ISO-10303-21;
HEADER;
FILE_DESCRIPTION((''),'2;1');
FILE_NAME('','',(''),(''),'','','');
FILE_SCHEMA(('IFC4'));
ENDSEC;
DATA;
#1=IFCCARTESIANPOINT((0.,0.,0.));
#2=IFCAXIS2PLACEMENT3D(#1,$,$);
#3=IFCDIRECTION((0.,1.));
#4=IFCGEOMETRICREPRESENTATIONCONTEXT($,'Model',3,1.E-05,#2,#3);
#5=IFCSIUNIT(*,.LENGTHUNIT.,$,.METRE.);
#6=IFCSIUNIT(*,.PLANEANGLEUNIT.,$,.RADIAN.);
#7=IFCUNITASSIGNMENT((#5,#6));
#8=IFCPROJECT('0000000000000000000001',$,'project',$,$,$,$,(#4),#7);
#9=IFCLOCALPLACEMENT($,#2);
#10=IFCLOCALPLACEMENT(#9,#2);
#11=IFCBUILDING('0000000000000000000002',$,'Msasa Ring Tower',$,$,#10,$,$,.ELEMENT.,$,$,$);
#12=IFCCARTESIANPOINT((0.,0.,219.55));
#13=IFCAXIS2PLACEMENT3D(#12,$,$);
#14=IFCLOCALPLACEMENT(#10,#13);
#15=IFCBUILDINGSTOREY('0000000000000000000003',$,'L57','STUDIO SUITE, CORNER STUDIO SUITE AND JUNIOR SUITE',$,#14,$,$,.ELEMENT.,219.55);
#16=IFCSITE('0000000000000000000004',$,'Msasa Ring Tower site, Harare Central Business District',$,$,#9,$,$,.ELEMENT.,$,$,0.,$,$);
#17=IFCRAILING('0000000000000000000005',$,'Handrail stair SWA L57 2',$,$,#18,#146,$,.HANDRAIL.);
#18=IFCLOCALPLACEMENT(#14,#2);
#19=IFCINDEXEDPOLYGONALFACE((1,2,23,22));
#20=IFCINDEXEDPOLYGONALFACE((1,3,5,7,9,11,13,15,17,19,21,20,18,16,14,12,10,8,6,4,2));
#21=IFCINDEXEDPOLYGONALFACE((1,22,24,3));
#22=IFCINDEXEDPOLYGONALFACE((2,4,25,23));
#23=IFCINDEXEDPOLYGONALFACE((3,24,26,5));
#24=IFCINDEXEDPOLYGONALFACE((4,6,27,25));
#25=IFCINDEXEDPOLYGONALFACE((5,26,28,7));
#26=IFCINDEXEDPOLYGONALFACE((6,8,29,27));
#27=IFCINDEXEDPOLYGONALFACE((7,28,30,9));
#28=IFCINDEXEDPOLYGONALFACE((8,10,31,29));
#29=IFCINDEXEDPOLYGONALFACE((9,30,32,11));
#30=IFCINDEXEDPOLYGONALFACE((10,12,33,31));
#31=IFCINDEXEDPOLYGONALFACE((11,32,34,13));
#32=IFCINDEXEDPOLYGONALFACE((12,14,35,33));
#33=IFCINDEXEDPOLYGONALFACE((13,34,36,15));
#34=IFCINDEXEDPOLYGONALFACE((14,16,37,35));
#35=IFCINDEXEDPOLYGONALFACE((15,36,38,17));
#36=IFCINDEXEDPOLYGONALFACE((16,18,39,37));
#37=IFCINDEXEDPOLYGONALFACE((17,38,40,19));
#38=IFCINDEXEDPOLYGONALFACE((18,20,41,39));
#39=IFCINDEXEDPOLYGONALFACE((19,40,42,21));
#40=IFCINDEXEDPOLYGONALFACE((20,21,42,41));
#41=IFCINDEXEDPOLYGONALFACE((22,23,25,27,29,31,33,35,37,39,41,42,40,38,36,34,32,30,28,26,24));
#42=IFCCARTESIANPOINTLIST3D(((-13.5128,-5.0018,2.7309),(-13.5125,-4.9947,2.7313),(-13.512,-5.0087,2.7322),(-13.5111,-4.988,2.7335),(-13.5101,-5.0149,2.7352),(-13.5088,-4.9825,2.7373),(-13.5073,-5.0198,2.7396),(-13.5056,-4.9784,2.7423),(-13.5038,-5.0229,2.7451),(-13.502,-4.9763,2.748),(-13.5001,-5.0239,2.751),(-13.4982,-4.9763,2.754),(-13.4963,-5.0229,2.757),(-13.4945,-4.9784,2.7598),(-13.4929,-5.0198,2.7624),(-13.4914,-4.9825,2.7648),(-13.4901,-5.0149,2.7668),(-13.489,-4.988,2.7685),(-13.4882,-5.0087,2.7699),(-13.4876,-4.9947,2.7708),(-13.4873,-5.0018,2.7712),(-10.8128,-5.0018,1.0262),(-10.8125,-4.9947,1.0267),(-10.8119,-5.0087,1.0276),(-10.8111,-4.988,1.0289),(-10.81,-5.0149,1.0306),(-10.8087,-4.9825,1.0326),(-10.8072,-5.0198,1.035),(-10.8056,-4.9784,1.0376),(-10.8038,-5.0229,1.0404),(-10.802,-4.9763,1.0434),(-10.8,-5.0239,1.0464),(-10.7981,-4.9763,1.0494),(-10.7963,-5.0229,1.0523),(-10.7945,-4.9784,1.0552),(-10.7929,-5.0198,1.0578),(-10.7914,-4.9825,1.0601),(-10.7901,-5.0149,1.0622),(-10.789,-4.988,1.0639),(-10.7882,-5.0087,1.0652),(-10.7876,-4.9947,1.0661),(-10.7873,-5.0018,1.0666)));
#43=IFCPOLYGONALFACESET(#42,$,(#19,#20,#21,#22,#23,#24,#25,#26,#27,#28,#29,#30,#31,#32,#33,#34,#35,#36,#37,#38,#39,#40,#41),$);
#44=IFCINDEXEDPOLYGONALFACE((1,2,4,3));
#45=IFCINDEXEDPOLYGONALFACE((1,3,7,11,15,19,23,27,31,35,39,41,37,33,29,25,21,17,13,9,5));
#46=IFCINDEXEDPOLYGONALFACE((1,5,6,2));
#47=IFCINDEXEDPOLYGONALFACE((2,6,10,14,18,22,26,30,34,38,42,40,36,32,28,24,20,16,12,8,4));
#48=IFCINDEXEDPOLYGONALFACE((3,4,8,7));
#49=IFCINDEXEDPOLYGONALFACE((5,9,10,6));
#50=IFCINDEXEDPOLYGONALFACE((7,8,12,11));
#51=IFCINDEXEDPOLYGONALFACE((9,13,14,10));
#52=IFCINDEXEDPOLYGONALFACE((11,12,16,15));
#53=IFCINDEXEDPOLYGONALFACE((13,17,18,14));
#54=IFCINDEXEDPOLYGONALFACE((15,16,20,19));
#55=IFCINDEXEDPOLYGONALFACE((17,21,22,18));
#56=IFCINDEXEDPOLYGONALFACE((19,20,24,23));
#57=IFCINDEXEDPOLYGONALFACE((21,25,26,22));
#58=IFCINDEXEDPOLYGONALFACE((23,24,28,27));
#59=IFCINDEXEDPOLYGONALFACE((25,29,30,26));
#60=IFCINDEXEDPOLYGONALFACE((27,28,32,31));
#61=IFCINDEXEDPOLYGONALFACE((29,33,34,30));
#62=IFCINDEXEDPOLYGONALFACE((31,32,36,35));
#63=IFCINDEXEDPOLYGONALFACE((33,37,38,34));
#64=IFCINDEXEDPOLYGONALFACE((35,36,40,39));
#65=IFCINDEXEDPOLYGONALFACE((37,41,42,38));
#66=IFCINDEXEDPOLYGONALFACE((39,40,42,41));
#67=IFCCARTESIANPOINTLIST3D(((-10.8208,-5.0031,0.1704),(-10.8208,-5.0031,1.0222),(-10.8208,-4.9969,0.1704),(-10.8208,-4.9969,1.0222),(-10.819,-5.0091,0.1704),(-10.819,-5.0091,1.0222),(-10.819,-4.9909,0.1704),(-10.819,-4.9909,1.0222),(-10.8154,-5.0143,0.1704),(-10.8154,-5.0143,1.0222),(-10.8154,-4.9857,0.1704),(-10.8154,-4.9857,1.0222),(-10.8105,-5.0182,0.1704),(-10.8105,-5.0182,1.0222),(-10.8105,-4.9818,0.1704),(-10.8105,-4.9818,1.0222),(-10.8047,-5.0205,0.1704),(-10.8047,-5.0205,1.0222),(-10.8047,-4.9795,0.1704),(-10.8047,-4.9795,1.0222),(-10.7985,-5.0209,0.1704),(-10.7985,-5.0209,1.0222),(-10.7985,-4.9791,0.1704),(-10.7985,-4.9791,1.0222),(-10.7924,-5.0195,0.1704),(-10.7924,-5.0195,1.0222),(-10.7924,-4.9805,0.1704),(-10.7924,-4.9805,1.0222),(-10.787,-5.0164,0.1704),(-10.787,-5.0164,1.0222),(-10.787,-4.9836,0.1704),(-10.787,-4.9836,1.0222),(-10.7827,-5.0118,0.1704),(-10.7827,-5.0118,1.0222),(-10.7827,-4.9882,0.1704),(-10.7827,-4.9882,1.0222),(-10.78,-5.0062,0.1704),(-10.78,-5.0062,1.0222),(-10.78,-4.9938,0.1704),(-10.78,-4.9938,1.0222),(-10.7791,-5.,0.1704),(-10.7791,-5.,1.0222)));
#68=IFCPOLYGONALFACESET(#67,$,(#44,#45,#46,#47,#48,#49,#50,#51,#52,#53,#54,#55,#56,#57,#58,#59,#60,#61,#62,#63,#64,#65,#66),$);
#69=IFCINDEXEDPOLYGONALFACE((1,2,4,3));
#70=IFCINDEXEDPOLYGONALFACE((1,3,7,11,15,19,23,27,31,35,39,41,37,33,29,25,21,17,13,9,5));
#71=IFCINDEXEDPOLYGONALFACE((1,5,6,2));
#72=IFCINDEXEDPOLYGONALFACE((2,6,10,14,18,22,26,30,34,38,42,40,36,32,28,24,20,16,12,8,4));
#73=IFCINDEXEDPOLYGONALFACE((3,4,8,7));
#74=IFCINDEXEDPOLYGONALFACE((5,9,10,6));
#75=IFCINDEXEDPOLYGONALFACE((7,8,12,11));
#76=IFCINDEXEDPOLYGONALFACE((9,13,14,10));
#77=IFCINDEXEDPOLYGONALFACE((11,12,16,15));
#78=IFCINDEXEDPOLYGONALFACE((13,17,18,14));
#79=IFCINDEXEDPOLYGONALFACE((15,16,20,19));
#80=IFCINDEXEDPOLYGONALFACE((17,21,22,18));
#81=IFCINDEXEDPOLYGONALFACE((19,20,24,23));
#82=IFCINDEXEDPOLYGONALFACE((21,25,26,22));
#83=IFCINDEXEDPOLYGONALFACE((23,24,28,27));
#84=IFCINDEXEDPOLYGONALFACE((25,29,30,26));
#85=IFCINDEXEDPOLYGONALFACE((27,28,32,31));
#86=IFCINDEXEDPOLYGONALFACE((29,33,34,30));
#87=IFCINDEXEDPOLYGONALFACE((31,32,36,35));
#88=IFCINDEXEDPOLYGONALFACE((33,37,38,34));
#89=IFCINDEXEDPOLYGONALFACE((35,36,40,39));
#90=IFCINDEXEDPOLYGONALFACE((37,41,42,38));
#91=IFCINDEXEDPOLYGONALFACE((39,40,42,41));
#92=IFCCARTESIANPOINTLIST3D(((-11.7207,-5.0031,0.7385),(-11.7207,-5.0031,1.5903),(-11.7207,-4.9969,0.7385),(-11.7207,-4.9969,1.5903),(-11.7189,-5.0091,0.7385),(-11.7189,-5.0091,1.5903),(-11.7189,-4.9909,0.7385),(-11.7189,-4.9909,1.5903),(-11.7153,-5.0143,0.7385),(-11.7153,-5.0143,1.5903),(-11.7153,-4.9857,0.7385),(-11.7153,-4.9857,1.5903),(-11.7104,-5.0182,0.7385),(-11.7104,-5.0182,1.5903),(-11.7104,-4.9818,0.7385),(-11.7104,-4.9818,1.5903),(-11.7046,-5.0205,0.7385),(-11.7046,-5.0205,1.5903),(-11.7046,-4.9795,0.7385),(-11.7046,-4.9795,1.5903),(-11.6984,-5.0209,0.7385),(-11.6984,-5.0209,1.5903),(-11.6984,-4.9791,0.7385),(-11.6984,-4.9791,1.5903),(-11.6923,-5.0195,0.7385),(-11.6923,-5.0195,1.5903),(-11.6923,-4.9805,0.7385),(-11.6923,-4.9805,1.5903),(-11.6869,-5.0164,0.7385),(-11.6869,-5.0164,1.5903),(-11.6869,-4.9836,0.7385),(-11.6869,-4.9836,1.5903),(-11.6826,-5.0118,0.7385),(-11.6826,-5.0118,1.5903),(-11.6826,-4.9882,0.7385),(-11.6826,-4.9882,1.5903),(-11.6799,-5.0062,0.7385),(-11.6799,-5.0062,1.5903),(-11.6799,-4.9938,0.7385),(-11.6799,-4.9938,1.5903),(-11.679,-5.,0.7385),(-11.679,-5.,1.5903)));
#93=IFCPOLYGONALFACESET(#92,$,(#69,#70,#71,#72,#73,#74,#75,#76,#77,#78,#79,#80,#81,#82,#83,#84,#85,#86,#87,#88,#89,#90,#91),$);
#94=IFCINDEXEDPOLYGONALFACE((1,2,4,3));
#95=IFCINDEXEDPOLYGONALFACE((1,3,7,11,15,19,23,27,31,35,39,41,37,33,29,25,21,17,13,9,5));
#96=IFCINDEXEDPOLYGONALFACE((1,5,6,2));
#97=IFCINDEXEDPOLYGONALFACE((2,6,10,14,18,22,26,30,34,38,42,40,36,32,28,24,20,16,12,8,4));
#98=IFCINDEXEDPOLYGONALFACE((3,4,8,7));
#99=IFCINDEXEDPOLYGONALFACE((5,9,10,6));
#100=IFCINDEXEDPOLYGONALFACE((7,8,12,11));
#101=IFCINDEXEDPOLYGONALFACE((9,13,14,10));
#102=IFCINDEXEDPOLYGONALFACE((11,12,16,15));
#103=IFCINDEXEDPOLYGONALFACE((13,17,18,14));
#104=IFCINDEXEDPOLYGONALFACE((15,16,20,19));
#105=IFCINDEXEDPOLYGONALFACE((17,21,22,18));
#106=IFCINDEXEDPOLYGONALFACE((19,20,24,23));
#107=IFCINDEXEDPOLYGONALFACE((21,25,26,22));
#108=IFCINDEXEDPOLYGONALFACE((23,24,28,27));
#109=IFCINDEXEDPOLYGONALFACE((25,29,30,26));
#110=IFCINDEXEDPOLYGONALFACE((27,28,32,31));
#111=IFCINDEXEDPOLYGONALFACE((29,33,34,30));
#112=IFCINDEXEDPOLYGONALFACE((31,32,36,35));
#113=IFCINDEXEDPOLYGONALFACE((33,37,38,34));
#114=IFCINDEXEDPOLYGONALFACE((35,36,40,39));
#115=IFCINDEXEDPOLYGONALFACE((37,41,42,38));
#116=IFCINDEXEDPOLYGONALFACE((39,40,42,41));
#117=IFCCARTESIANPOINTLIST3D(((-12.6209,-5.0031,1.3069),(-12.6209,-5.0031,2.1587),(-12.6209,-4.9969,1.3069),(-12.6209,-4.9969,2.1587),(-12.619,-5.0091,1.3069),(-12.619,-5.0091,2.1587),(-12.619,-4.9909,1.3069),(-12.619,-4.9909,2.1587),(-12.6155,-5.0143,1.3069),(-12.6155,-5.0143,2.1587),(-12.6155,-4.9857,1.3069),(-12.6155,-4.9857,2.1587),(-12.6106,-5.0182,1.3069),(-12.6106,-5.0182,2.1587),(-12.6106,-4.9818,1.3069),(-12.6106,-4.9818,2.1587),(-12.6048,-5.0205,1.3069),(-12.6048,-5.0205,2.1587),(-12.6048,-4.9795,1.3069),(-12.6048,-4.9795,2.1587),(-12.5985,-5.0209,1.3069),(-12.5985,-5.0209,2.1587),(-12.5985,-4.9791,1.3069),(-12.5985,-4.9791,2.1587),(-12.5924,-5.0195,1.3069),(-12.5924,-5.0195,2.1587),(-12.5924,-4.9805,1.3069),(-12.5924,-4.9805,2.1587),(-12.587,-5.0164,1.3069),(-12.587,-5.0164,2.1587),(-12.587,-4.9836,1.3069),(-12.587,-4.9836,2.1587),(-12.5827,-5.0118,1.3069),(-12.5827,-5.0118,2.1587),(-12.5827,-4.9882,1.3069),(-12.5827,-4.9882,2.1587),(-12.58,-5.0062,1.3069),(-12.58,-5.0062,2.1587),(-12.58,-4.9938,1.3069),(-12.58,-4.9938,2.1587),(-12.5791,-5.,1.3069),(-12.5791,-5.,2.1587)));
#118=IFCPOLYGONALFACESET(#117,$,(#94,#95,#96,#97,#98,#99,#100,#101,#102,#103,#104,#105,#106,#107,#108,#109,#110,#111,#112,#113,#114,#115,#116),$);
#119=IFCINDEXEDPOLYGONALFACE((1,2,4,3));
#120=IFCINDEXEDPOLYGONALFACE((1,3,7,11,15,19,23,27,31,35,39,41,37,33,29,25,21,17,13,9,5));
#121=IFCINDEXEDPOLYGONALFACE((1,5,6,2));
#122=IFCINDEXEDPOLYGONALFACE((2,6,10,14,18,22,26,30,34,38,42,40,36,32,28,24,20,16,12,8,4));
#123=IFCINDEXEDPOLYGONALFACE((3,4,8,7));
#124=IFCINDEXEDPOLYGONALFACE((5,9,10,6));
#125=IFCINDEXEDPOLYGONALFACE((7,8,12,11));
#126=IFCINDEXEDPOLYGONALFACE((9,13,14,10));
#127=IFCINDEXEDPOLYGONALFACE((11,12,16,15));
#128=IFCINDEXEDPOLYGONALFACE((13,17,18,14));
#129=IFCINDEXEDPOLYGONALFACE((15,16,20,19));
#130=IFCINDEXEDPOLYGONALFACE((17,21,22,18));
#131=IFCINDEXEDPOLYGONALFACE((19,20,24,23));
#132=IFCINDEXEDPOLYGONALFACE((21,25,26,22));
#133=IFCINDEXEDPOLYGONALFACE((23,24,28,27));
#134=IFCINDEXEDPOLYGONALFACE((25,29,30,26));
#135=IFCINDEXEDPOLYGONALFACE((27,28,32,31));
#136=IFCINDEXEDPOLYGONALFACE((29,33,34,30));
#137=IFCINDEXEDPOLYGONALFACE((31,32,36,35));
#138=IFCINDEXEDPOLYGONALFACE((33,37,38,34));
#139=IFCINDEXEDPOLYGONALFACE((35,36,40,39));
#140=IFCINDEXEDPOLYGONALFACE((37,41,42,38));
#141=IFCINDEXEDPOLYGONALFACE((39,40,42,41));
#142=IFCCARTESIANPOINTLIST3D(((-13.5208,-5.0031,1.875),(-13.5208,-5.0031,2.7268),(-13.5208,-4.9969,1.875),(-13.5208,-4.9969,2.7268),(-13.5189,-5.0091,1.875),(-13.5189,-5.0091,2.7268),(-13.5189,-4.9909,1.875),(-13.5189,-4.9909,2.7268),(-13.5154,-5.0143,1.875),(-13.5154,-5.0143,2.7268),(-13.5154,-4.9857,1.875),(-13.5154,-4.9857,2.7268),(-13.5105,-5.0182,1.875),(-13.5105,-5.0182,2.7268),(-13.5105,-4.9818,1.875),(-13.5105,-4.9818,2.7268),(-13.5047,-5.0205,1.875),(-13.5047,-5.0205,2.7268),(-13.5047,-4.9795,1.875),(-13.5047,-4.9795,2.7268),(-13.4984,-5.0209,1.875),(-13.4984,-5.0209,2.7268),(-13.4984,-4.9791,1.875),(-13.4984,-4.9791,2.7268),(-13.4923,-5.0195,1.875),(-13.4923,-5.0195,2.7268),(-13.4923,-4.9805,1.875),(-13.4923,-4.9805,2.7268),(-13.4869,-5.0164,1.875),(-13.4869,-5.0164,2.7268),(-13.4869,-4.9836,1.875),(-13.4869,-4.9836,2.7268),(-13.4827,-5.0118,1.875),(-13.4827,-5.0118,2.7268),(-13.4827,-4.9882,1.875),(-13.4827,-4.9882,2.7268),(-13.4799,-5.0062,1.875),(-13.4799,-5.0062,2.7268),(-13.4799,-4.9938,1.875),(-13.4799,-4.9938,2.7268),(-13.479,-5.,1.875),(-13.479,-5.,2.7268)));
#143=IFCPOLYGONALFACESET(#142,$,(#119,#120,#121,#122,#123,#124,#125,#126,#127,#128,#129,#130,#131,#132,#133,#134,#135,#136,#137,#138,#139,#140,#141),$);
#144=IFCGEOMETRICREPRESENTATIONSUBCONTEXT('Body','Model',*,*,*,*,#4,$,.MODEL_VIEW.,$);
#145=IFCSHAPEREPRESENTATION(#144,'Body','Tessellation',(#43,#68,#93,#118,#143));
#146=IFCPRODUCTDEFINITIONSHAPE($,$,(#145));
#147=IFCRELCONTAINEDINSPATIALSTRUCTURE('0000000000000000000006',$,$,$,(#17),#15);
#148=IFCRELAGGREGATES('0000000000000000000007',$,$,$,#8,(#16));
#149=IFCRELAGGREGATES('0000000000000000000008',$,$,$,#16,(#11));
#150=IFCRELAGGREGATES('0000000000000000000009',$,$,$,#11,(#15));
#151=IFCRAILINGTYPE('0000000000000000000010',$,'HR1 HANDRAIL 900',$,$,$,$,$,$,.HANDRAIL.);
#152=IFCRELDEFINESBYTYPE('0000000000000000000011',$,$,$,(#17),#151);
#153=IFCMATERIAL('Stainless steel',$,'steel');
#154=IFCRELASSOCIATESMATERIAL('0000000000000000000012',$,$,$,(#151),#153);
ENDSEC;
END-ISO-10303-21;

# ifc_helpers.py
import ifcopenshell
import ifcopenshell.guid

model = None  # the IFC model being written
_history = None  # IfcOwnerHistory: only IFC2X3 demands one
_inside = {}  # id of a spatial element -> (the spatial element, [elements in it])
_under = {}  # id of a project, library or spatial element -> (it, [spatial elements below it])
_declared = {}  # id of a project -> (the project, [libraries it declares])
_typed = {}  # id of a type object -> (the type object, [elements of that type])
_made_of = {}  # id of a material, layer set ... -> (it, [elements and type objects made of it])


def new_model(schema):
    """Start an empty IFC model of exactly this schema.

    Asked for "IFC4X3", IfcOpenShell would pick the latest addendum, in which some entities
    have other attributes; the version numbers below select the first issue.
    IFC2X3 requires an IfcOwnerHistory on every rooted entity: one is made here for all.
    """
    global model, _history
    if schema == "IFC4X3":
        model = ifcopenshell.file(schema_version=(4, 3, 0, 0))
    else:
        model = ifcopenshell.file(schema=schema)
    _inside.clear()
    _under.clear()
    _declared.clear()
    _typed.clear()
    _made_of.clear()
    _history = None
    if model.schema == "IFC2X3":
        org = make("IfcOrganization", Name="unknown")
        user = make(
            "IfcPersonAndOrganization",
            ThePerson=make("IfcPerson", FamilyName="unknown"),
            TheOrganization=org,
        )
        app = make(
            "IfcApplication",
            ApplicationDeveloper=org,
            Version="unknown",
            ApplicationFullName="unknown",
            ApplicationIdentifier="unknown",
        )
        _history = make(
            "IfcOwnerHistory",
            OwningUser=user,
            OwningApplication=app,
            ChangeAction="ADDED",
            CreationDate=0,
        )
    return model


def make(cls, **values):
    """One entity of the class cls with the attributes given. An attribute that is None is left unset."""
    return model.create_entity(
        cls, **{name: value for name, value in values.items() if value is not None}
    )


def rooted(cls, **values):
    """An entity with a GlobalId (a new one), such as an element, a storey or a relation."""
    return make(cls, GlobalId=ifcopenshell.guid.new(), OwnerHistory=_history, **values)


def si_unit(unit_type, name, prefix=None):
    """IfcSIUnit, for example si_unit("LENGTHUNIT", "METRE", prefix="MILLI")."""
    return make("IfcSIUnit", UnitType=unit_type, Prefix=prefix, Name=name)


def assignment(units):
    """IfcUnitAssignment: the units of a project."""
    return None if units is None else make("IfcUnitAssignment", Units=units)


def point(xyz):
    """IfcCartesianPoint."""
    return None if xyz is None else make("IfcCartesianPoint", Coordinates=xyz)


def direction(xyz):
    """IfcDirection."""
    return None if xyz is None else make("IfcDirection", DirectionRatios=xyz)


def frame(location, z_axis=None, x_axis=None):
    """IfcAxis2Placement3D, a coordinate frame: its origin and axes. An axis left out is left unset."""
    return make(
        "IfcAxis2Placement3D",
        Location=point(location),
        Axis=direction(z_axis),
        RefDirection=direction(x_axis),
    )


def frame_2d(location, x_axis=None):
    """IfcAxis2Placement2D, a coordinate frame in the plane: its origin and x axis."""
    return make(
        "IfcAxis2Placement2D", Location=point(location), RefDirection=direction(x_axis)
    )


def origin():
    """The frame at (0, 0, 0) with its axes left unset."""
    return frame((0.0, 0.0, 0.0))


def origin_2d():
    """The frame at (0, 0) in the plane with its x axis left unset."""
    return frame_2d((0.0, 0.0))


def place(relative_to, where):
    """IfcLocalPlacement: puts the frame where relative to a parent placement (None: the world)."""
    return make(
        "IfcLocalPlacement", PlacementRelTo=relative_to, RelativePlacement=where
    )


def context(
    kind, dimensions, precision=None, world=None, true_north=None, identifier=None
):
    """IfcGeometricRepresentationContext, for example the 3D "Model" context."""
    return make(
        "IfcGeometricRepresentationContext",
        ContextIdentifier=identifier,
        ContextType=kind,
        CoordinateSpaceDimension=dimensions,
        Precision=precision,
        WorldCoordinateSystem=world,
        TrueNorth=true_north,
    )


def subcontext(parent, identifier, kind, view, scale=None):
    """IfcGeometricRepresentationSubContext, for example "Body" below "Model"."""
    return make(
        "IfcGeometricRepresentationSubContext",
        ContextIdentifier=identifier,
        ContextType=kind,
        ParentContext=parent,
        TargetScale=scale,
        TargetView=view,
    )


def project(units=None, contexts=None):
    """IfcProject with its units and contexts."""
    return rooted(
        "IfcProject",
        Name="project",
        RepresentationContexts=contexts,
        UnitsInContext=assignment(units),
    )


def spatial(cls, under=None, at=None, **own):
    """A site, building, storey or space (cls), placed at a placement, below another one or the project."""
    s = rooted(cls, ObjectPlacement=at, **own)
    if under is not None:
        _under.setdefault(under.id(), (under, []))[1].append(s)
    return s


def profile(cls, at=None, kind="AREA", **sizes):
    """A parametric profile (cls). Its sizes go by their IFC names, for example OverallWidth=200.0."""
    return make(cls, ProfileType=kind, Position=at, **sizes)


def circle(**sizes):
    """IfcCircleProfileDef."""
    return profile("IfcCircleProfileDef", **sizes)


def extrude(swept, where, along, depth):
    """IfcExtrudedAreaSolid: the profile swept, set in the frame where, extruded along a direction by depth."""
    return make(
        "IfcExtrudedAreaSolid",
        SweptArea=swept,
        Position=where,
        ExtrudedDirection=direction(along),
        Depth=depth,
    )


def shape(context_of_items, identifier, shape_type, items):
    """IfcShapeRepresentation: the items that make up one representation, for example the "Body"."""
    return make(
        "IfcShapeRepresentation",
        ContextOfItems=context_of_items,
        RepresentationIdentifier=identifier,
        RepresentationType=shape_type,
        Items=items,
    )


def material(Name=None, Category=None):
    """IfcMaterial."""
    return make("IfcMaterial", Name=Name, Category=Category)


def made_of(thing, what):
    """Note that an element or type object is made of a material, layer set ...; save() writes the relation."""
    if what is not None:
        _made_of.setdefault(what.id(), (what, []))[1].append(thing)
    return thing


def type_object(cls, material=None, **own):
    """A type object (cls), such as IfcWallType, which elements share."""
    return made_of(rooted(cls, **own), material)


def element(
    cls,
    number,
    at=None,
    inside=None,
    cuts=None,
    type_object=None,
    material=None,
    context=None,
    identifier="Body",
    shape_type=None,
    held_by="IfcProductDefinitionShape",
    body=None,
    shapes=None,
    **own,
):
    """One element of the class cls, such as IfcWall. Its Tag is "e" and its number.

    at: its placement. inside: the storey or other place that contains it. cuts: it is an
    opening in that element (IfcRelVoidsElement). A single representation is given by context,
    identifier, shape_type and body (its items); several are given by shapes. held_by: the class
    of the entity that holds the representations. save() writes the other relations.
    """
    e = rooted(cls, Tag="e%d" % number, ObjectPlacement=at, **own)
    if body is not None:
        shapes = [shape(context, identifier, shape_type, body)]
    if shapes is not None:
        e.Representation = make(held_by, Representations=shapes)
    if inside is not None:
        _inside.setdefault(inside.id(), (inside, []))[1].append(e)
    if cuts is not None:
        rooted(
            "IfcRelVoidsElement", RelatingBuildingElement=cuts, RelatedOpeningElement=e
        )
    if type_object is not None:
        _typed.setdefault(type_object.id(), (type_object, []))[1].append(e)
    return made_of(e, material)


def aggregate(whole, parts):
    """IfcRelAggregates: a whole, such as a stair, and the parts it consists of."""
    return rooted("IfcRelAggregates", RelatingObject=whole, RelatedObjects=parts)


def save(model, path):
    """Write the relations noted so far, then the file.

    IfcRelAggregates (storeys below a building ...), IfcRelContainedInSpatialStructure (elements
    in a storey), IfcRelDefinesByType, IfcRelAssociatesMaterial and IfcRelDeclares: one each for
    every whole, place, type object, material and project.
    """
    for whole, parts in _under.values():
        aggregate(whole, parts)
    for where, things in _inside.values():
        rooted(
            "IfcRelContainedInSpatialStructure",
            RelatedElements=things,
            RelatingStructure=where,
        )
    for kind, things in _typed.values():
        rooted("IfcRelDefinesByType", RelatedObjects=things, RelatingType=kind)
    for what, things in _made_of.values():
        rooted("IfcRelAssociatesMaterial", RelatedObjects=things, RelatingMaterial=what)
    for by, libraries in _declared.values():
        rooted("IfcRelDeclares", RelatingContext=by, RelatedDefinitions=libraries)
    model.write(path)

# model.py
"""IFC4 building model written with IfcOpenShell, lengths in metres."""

from ifc_helpers import new_model, si_unit, direction, frame, origin, origin_2d, place, context, subcontext, project, spatial, circle, extrude, material, type_object, element, save


model = new_model("IFC4")

# Units and contexts
model_context = context("Model", 3, precision=1e-05, world=origin(), true_north=direction((0.0, 1.0)))
body_context = subcontext(model_context, "Body", "Model", "MODEL_VIEW")
ifc_project = project(units=[si_unit("LENGTHUNIT", "METRE"), si_unit("PLANEANGLEUNIT", "RADIAN")], contexts=[model_context])

# Site, building, storey
site_placement = place(None, origin())
site = spatial("IfcSite", under=ifc_project, at=site_placement, Name="Msasa Ring Tower site, Harare Central Business District", CompositionType="ELEMENT", RefElevation=0.0)
building_placement = place(site_placement, origin())
building = spatial("IfcBuilding", under=site, at=building_placement, Name="Msasa Ring Tower", CompositionType="ELEMENT")
storey_placement = place(building_placement, frame((0.0, 0.0, 219.55)))
storey = spatial("IfcBuildingStorey", under=building, at=storey_placement, Name="L57", Description="STUDIO SUITE, CORNER STUDIO SUITE AND JUNIOR SUITE", CompositionType="ELEMENT", Elevation=219.55)

# Railing
ifc_material_1 = material(Name="Stainless steel", Category="steel")
railing_type = type_object("IfcRailingType", Name="HR1 HANDRAIL 900", PredefinedType="HANDRAIL", material=ifc_material_1)
for number, where, name in (
    (1, (-10.8, -5.0, 0.1704), "Handrail stair SWA L57 2"),
):
    element("IfcRailing", number, at=place(storey_placement, frame(where)), inside=storey, type_object=railing_type, Name=name, PredefinedType="HANDRAIL", context=body_context, shape_type="SweptSolid", body=[
        extrude(circle(Radius=0.0239, at=origin_2d()), frame((0.0, 0.0, 0.876), z_axis=(-0.84558, 0.0, 0.533849), x_axis=(0.0, -1.0, 0.0)), (0.0, 0.0, 1.0), 3.1931),
        extrude(circle(Radius=0.021, at=origin_2d()), origin(), (0.0, 0.0, 1.0), 0.8518),
        extrude(circle(Radius=0.021, at=origin_2d()), frame((-0.8999, 0.0, 0.5681)), (0.0, 0.0, 1.0), 0.8518),
        extrude(circle(Radius=0.021, at=origin_2d()), frame((-1.8, 0.0, 1.1365)), (0.0, 0.0, 1.0), 0.8518),
        extrude(circle(Radius=0.021, at=origin_2d()), frame((-2.7, 0.0, 1.7046)), (0.0, 0.0, 1.0), 0.8518),
    ])

save(model, "model.ifc")
